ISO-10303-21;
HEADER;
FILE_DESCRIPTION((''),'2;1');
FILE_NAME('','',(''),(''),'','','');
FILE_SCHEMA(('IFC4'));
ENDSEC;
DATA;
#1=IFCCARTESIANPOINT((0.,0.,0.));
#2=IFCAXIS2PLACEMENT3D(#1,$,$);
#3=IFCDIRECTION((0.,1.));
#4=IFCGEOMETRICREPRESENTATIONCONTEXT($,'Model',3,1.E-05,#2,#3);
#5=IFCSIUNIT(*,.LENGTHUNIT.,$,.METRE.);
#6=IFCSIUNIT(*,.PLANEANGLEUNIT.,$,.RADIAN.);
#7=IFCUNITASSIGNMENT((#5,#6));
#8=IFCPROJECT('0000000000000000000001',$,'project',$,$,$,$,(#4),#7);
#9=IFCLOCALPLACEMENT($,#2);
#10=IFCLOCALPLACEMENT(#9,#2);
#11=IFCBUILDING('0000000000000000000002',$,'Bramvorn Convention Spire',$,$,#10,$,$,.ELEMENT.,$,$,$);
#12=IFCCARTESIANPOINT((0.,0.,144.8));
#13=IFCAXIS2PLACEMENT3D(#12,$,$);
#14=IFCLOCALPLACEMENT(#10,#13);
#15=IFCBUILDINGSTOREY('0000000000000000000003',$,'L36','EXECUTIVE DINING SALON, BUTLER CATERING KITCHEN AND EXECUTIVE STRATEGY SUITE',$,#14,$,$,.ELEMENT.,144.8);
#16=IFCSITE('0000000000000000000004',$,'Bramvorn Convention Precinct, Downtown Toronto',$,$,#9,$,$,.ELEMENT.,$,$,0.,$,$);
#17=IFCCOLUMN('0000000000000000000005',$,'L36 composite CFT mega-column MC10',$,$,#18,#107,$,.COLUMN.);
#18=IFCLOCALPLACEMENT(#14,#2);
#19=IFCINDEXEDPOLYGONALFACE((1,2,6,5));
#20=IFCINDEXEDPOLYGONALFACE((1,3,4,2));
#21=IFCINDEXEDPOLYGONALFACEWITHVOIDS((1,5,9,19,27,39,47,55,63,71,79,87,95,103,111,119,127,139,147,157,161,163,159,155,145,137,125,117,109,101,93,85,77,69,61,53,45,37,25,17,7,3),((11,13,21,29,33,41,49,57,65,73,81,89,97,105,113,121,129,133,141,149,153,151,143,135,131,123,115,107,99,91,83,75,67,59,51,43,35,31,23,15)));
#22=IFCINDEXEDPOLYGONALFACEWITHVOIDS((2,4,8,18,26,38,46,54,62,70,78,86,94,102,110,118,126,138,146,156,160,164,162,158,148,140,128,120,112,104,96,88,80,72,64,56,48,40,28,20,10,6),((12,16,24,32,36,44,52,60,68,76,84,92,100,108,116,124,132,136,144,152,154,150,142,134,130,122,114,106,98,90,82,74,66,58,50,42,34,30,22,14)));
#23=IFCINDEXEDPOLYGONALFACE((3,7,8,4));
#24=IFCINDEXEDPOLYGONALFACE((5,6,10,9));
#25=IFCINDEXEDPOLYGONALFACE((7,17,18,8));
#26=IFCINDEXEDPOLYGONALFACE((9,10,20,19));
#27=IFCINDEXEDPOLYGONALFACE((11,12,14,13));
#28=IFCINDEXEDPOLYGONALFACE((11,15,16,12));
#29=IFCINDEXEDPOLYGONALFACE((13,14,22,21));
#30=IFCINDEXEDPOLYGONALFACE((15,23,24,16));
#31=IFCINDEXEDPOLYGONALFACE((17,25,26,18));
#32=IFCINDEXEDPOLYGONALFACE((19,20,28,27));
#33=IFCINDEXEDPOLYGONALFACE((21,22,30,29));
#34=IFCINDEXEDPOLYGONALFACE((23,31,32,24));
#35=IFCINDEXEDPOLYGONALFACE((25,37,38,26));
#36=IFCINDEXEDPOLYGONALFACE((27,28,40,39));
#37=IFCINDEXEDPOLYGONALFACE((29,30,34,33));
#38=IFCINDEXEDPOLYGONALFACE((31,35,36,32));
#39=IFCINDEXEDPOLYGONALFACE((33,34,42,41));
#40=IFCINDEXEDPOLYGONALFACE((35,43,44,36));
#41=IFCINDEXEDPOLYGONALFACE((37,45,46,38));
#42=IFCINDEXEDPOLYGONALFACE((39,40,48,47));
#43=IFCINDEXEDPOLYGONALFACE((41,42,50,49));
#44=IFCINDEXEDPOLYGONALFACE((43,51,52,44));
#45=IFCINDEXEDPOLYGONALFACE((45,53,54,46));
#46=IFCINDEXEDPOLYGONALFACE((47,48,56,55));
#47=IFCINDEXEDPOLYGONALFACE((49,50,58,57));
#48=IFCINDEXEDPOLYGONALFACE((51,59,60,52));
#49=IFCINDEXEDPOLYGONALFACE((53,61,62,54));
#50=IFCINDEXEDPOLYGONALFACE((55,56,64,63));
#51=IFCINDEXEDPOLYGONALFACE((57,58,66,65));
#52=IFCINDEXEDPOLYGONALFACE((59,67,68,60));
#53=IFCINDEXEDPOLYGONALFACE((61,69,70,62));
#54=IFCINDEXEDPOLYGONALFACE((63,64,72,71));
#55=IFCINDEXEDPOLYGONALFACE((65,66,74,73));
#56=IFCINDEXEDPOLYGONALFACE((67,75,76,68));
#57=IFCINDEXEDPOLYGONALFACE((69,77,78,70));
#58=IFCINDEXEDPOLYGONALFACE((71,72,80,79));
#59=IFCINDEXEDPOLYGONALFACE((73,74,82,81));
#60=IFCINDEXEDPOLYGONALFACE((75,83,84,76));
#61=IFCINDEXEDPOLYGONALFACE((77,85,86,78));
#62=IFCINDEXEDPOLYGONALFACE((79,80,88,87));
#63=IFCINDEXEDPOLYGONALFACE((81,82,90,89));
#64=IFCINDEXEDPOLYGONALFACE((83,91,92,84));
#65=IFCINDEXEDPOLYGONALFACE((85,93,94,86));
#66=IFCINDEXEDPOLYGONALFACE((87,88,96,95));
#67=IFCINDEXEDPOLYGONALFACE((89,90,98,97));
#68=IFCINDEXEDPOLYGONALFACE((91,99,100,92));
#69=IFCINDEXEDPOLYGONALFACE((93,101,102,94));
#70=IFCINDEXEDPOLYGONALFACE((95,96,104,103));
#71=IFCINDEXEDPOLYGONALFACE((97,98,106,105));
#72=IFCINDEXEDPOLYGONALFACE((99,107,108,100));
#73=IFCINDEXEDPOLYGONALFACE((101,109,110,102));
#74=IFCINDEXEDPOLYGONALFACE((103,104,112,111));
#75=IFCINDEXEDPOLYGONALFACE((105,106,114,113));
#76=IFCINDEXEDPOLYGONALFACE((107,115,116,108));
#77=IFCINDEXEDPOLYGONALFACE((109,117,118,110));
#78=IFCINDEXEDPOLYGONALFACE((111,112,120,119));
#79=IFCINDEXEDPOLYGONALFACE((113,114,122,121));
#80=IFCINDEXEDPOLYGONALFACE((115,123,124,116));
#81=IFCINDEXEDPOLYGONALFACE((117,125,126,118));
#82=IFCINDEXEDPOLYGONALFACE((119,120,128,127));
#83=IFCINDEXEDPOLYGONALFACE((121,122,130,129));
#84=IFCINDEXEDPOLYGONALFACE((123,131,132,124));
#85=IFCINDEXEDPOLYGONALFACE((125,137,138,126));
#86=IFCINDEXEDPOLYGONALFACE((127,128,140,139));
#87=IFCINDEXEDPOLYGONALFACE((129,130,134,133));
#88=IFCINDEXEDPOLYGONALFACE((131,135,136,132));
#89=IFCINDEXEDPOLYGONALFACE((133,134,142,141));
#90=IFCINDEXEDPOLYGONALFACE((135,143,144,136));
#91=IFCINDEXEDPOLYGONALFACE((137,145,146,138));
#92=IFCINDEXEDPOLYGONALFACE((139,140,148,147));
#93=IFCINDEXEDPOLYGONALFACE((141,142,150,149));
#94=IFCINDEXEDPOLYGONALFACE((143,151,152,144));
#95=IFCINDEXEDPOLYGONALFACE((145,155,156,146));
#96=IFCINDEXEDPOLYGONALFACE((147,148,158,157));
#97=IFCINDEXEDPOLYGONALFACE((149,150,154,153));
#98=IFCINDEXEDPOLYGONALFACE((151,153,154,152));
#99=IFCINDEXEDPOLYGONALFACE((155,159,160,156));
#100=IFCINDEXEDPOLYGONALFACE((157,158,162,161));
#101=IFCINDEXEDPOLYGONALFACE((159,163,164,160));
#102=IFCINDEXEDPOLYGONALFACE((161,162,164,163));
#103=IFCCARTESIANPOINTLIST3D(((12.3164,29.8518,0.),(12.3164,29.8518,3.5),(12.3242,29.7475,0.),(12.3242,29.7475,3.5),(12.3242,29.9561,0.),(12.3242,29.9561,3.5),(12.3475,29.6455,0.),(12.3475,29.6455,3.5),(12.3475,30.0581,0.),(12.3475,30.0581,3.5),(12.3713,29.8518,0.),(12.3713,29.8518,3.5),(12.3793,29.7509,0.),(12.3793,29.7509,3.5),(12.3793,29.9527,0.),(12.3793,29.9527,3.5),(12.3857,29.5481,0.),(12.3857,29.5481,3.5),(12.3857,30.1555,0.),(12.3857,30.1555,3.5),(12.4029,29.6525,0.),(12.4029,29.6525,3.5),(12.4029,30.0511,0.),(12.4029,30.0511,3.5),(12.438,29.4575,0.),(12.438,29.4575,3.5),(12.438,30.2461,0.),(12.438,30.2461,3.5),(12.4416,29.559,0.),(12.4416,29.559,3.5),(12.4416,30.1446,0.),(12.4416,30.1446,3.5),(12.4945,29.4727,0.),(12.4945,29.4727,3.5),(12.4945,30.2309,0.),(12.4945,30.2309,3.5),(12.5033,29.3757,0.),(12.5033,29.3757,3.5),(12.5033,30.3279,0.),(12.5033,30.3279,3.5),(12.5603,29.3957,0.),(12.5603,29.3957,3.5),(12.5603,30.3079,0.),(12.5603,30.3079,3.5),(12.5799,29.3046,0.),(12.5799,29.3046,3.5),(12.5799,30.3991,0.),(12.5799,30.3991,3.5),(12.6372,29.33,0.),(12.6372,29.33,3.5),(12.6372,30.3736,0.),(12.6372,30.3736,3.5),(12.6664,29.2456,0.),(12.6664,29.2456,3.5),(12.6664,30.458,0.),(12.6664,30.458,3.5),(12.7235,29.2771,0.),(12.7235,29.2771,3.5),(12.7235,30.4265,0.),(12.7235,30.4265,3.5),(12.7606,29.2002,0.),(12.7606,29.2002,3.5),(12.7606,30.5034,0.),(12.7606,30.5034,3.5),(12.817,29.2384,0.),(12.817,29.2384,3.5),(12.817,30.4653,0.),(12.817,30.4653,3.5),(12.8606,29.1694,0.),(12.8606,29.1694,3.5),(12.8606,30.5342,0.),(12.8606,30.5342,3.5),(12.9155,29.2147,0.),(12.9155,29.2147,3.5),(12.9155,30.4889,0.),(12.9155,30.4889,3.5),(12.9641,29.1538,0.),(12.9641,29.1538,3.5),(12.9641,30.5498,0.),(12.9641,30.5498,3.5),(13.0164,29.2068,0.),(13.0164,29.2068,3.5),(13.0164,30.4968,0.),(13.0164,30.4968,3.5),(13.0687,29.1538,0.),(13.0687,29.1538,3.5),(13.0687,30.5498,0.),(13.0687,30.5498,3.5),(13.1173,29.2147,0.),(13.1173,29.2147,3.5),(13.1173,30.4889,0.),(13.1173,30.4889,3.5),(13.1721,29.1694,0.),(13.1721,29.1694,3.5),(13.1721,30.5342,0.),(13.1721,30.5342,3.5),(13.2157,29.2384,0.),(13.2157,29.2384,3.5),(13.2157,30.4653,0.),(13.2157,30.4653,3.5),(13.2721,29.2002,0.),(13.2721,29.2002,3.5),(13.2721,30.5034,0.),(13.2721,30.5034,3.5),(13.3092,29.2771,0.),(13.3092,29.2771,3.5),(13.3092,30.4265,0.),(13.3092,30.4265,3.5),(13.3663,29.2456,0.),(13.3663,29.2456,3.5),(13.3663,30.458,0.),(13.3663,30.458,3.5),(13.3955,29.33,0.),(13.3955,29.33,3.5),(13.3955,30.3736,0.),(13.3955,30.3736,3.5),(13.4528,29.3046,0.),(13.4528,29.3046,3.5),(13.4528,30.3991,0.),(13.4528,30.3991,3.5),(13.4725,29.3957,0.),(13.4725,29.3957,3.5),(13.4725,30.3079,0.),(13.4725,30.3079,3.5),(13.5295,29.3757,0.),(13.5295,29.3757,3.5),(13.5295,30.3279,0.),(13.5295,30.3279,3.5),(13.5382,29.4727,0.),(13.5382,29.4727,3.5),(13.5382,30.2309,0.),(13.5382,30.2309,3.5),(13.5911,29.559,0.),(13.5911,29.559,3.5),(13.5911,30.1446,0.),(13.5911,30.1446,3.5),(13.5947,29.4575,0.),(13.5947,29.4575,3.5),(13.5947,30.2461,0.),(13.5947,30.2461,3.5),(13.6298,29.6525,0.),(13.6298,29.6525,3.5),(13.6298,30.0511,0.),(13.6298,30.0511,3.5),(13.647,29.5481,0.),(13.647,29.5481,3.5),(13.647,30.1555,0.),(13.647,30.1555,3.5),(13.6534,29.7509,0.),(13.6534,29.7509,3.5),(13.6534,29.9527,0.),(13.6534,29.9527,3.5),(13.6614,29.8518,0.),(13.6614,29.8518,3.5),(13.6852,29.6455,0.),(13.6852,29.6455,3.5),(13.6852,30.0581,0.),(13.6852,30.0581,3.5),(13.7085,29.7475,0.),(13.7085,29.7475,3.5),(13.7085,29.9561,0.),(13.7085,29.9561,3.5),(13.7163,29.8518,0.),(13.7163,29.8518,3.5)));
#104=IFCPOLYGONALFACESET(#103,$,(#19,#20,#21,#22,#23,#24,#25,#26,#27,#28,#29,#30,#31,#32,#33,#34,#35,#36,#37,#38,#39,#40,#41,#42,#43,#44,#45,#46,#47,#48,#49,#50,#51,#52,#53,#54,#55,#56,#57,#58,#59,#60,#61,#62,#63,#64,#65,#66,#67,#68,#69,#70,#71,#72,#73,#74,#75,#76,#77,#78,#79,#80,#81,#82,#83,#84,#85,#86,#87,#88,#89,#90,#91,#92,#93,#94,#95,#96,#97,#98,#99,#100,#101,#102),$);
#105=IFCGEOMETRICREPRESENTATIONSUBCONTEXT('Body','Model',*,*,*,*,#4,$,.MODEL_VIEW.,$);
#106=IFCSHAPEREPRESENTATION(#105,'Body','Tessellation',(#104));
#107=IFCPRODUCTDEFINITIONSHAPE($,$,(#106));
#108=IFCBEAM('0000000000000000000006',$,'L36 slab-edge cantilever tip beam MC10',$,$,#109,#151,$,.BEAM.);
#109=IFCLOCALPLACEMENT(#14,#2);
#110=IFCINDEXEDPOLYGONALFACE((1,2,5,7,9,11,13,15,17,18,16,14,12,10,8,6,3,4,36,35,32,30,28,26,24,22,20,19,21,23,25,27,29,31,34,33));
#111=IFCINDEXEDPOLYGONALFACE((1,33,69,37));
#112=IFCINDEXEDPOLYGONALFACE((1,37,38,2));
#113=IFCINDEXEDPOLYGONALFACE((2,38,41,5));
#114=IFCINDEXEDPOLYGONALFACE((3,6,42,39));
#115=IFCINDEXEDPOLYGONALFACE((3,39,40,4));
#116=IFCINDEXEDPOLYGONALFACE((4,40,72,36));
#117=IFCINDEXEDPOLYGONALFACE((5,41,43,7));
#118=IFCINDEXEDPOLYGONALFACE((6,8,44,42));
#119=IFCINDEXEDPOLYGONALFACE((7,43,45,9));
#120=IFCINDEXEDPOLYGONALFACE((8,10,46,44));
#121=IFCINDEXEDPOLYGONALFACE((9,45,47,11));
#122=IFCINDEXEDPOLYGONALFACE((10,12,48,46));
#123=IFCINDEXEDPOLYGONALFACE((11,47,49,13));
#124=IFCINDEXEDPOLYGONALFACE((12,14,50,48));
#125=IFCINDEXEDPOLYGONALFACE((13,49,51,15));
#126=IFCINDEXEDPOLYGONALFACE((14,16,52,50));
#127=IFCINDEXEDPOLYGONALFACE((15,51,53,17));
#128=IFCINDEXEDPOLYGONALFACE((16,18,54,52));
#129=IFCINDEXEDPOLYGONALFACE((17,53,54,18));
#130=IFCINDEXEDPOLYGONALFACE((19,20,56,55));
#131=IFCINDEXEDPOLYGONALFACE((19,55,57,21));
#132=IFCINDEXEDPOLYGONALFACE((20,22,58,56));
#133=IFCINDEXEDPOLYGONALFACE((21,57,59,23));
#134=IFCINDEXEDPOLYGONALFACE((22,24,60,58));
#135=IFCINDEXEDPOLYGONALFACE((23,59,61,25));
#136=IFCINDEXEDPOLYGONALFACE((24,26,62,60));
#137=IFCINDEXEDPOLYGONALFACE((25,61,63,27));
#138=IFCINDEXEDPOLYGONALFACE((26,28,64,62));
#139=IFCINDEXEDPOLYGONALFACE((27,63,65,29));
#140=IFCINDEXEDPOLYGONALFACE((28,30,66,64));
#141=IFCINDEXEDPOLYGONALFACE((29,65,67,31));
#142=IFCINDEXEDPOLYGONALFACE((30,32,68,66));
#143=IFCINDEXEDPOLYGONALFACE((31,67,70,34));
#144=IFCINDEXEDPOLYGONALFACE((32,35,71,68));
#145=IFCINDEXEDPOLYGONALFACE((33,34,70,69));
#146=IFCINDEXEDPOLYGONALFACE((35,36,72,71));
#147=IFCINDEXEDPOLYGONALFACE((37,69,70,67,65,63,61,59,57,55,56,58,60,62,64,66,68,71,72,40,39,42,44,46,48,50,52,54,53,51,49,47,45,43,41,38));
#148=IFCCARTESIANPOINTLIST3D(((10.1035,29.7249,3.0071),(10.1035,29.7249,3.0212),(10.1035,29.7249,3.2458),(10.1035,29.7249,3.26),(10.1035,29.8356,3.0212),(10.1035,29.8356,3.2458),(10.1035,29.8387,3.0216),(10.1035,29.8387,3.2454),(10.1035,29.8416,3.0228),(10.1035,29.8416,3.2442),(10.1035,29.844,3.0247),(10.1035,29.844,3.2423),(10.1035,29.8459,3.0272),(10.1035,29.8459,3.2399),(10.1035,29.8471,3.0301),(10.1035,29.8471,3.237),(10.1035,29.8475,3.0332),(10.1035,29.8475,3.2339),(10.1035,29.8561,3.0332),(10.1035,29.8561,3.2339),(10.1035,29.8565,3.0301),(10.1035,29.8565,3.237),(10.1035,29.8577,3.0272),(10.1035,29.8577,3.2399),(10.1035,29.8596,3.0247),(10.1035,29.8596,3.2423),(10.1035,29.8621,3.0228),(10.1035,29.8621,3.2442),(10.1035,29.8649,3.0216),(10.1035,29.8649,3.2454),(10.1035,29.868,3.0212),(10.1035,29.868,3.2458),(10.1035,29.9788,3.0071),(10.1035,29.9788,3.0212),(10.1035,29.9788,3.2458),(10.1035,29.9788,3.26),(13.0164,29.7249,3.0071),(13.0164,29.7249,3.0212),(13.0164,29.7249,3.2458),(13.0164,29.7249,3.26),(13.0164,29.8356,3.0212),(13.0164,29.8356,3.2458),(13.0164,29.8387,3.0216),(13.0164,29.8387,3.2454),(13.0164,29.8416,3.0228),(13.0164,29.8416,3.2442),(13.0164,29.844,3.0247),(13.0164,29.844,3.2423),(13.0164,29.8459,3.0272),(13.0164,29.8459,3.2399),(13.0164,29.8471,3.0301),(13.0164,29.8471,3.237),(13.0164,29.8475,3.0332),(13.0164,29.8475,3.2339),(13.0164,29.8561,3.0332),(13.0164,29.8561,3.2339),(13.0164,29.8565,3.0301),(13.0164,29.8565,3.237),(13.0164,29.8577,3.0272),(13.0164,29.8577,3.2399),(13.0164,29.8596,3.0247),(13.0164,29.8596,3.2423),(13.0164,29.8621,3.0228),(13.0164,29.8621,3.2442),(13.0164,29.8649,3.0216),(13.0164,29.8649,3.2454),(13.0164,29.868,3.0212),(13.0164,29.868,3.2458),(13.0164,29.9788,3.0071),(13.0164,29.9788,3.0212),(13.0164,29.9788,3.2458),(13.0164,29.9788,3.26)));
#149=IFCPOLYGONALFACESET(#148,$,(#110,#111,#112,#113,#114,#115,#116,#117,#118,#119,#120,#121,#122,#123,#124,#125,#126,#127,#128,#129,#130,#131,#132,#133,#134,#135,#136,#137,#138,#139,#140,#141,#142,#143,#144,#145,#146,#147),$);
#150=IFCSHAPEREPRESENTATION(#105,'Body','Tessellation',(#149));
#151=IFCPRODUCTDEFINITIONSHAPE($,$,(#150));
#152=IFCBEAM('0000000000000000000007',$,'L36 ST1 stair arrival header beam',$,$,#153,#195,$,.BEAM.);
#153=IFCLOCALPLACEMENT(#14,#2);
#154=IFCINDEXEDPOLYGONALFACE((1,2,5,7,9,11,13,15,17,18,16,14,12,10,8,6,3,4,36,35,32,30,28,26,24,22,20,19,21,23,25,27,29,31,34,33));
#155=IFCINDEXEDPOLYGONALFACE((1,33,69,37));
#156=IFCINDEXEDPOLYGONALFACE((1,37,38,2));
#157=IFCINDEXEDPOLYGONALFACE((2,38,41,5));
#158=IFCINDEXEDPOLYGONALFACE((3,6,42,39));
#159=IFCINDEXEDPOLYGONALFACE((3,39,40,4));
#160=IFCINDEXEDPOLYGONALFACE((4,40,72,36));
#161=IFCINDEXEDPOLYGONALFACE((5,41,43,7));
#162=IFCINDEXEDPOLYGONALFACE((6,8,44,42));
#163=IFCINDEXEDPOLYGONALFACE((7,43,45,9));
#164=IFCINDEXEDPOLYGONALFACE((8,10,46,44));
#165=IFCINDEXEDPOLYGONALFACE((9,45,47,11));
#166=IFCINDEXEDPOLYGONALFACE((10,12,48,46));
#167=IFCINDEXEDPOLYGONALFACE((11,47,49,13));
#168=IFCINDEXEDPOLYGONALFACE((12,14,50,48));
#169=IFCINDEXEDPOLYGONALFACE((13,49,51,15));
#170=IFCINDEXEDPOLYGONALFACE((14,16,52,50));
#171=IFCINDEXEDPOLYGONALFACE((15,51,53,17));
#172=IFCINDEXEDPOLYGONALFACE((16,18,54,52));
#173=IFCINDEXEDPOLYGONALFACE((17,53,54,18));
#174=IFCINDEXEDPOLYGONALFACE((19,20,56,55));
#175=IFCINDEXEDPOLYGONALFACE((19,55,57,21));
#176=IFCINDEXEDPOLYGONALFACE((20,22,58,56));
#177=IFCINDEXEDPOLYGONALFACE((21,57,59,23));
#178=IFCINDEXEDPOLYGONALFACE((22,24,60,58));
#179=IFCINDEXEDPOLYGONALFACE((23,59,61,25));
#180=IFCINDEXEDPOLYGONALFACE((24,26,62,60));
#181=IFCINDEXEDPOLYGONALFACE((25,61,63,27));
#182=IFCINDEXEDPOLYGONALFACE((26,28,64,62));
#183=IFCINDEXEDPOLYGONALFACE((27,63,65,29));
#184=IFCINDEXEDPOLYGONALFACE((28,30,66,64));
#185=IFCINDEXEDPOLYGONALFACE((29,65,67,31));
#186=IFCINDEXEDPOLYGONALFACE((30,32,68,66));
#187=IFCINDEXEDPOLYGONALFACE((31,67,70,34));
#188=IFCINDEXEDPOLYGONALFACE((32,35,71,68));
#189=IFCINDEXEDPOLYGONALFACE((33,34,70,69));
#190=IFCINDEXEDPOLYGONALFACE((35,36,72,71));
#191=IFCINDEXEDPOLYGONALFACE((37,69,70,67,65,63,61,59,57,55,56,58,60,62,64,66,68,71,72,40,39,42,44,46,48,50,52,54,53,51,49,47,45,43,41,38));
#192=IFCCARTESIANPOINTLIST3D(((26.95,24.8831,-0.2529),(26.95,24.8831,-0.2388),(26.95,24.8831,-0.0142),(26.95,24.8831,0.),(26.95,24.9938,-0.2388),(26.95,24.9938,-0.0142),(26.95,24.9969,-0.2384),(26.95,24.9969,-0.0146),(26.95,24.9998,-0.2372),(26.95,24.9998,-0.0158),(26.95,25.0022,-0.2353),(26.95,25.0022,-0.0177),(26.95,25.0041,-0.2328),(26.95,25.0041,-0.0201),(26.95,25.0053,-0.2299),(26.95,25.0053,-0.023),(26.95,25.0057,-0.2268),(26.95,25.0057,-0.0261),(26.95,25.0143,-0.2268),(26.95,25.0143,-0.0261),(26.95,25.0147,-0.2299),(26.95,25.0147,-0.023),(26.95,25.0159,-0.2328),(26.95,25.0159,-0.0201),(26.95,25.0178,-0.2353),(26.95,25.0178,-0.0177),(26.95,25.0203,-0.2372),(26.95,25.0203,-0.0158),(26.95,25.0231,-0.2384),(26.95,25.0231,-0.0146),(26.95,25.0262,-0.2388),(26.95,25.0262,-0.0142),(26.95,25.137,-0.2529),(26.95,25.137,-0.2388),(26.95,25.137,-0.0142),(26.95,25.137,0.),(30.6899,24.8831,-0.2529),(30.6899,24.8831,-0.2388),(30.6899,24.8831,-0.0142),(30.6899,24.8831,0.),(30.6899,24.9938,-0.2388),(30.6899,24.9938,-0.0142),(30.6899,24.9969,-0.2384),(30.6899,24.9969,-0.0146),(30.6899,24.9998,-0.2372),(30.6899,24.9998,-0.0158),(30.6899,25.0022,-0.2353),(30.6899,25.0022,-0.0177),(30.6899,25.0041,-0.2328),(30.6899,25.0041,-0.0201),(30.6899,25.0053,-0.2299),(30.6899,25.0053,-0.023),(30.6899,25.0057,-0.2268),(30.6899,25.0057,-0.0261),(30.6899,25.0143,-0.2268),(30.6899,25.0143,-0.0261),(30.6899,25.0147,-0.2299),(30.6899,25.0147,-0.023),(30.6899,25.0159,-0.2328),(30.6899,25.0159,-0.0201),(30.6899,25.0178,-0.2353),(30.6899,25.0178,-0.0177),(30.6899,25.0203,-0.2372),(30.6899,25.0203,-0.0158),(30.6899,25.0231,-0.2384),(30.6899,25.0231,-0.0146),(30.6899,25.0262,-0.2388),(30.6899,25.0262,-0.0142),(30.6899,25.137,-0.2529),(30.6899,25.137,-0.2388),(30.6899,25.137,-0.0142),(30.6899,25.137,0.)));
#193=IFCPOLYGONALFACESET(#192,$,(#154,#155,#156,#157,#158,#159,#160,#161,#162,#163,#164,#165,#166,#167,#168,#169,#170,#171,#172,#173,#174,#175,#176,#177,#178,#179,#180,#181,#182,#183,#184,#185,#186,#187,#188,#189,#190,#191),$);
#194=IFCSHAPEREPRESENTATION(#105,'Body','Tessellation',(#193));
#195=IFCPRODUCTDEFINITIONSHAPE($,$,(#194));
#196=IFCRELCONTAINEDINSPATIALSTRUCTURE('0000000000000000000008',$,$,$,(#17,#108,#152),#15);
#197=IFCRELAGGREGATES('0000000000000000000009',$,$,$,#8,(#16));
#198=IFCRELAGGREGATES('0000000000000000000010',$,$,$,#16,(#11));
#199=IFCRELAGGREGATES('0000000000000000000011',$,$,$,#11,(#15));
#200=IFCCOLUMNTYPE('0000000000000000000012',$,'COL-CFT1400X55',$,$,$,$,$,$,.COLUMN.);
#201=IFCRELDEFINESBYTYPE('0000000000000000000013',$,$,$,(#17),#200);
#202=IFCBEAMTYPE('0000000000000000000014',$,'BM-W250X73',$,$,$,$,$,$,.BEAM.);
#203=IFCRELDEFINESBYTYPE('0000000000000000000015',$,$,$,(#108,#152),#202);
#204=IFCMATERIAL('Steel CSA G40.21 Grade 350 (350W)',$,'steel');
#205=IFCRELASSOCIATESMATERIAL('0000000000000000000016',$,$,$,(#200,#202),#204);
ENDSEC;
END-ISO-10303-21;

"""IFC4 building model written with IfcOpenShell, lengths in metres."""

from ifc_helpers import new_model, si_unit, direction, frame, origin, origin_2d, place, context, subcontext, project, spatial, hollow_circle, i_section, extrude, material, material_profile, profile_set, type_object, element, save


model = new_model("IFC4")

# Units and contexts
model_context = context("Model", 3, precision=1e-05, world=origin(), true_north=direction((0.0, 1.0)))
body_context = subcontext(model_context, "Body", "Model", "MODEL_VIEW")
ifc_project = project(units=[si_unit("LENGTHUNIT", "METRE"), si_unit("PLANEANGLEUNIT", "RADIAN")], contexts=[model_context])

# Site, building, storey
site_placement = place(None, origin())
site = spatial("IfcSite", under=ifc_project, at=site_placement, Name="Bramvorn Convention Precinct, Downtown Toronto", CompositionType="ELEMENT", RefElevation=0.0)
building_placement = place(site_placement, origin())
building = spatial("IfcBuilding", under=site, at=building_placement, Name="Bramvorn Convention Spire", CompositionType="ELEMENT")
storey_placement = place(building_placement, frame((0.0, 0.0, 144.8)))
storey = spatial("IfcBuildingStorey", under=building, at=storey_placement, Name="L36", Description="EXECUTIVE DINING SALON, BUTLER CATERING KITCHEN AND EXECUTIVE STRATEGY SUITE", CompositionType="ELEMENT", Elevation=144.8)

# Column
ifc_material_1 = material(Name="Steel CSA G40.21 Grade 350 (350W)", Category="steel")
ifc_material_profile_1 = material_profile(ifc_material_1, hollow_circle(Radius=0.7, WallThickness=0.0549, at=origin_2d()))
ifc_profile_set_1 = profile_set([ifc_material_profile_1], Name="Steel CSA G40.21 Grade 350 (350W) - CFT1400X55")
column_type = type_object("IfcColumnType", Name="COL-CFT1400X55", PredefinedType="COLUMN", material=ifc_profile_set_1)
column_placement = place(storey_placement, frame((13.0164, 29.8518, 0.0), z_axis=(0.0, 0.0, 1.0), x_axis=(1.0, 0.0, 0.0)))
element("IfcColumn", 1, at=column_placement, inside=storey, type_object=column_type, Name="L36 composite CFT mega-column MC10", PredefinedType="COLUMN", context=body_context, shape_type="SweptSolid", body=[
    extrude(hollow_circle(Radius=0.7, WallThickness=0.0549, at=origin_2d()), origin(), (0.0, 0.0, 1.0), 3.5),
])

# Beams
ifc_material_profile_2 = material_profile(ifc_material_1, i_section(OverallWidth=0.2539, OverallDepth=0.2529, WebThickness=0.0085, FlangeThickness=0.0142, FilletRadius=0.012, at=origin_2d()))
ifc_profile_set_2 = profile_set([ifc_material_profile_2], Name="Steel CSA G40.21 Grade 350 (350W) - W250X73")
beam_type = type_object("IfcBeamType", Name="BM-W250X73", PredefinedType="BEAM", material=ifc_profile_set_2)
beam_1_placement = place(storey_placement, frame((13.0164, 29.8518, 3.1335), z_axis=(-1.0, 0.0, 0.0), x_axis=(0.0, -1.0, 0.0)))
element("IfcBeam", 2, at=beam_1_placement, inside=storey, type_object=beam_type, Name="L36 slab-edge cantilever tip beam MC10", PredefinedType="BEAM", context=body_context, shape_type="SweptSolid", body=[
    extrude(i_section(OverallWidth=0.2539, OverallDepth=0.2529, WebThickness=0.0085, FlangeThickness=0.0142, FilletRadius=0.012, at=origin_2d()), origin(), (0.0, 0.0, 1.0), 2.9128),
])
beam_2_placement = place(storey_placement, frame((26.95, 25.01, -0.1265), z_axis=(1.0, 0.0, 0.0), x_axis=(0.0, 1.0, 0.0)))
element("IfcBeam", 3, at=beam_2_placement, inside=storey, type_object=beam_type, Name="L36 ST1 stair arrival header beam", PredefinedType="BEAM", context=body_context, shape_type="SweptSolid", body=[
    extrude(i_section(OverallWidth=0.2539, OverallDepth=0.2529, WebThickness=0.0085, FlangeThickness=0.0142, FilletRadius=0.012, at=origin_2d()), origin(), (0.0, 0.0, 1.0), 3.74),
])

save(model, "model.ifc")
